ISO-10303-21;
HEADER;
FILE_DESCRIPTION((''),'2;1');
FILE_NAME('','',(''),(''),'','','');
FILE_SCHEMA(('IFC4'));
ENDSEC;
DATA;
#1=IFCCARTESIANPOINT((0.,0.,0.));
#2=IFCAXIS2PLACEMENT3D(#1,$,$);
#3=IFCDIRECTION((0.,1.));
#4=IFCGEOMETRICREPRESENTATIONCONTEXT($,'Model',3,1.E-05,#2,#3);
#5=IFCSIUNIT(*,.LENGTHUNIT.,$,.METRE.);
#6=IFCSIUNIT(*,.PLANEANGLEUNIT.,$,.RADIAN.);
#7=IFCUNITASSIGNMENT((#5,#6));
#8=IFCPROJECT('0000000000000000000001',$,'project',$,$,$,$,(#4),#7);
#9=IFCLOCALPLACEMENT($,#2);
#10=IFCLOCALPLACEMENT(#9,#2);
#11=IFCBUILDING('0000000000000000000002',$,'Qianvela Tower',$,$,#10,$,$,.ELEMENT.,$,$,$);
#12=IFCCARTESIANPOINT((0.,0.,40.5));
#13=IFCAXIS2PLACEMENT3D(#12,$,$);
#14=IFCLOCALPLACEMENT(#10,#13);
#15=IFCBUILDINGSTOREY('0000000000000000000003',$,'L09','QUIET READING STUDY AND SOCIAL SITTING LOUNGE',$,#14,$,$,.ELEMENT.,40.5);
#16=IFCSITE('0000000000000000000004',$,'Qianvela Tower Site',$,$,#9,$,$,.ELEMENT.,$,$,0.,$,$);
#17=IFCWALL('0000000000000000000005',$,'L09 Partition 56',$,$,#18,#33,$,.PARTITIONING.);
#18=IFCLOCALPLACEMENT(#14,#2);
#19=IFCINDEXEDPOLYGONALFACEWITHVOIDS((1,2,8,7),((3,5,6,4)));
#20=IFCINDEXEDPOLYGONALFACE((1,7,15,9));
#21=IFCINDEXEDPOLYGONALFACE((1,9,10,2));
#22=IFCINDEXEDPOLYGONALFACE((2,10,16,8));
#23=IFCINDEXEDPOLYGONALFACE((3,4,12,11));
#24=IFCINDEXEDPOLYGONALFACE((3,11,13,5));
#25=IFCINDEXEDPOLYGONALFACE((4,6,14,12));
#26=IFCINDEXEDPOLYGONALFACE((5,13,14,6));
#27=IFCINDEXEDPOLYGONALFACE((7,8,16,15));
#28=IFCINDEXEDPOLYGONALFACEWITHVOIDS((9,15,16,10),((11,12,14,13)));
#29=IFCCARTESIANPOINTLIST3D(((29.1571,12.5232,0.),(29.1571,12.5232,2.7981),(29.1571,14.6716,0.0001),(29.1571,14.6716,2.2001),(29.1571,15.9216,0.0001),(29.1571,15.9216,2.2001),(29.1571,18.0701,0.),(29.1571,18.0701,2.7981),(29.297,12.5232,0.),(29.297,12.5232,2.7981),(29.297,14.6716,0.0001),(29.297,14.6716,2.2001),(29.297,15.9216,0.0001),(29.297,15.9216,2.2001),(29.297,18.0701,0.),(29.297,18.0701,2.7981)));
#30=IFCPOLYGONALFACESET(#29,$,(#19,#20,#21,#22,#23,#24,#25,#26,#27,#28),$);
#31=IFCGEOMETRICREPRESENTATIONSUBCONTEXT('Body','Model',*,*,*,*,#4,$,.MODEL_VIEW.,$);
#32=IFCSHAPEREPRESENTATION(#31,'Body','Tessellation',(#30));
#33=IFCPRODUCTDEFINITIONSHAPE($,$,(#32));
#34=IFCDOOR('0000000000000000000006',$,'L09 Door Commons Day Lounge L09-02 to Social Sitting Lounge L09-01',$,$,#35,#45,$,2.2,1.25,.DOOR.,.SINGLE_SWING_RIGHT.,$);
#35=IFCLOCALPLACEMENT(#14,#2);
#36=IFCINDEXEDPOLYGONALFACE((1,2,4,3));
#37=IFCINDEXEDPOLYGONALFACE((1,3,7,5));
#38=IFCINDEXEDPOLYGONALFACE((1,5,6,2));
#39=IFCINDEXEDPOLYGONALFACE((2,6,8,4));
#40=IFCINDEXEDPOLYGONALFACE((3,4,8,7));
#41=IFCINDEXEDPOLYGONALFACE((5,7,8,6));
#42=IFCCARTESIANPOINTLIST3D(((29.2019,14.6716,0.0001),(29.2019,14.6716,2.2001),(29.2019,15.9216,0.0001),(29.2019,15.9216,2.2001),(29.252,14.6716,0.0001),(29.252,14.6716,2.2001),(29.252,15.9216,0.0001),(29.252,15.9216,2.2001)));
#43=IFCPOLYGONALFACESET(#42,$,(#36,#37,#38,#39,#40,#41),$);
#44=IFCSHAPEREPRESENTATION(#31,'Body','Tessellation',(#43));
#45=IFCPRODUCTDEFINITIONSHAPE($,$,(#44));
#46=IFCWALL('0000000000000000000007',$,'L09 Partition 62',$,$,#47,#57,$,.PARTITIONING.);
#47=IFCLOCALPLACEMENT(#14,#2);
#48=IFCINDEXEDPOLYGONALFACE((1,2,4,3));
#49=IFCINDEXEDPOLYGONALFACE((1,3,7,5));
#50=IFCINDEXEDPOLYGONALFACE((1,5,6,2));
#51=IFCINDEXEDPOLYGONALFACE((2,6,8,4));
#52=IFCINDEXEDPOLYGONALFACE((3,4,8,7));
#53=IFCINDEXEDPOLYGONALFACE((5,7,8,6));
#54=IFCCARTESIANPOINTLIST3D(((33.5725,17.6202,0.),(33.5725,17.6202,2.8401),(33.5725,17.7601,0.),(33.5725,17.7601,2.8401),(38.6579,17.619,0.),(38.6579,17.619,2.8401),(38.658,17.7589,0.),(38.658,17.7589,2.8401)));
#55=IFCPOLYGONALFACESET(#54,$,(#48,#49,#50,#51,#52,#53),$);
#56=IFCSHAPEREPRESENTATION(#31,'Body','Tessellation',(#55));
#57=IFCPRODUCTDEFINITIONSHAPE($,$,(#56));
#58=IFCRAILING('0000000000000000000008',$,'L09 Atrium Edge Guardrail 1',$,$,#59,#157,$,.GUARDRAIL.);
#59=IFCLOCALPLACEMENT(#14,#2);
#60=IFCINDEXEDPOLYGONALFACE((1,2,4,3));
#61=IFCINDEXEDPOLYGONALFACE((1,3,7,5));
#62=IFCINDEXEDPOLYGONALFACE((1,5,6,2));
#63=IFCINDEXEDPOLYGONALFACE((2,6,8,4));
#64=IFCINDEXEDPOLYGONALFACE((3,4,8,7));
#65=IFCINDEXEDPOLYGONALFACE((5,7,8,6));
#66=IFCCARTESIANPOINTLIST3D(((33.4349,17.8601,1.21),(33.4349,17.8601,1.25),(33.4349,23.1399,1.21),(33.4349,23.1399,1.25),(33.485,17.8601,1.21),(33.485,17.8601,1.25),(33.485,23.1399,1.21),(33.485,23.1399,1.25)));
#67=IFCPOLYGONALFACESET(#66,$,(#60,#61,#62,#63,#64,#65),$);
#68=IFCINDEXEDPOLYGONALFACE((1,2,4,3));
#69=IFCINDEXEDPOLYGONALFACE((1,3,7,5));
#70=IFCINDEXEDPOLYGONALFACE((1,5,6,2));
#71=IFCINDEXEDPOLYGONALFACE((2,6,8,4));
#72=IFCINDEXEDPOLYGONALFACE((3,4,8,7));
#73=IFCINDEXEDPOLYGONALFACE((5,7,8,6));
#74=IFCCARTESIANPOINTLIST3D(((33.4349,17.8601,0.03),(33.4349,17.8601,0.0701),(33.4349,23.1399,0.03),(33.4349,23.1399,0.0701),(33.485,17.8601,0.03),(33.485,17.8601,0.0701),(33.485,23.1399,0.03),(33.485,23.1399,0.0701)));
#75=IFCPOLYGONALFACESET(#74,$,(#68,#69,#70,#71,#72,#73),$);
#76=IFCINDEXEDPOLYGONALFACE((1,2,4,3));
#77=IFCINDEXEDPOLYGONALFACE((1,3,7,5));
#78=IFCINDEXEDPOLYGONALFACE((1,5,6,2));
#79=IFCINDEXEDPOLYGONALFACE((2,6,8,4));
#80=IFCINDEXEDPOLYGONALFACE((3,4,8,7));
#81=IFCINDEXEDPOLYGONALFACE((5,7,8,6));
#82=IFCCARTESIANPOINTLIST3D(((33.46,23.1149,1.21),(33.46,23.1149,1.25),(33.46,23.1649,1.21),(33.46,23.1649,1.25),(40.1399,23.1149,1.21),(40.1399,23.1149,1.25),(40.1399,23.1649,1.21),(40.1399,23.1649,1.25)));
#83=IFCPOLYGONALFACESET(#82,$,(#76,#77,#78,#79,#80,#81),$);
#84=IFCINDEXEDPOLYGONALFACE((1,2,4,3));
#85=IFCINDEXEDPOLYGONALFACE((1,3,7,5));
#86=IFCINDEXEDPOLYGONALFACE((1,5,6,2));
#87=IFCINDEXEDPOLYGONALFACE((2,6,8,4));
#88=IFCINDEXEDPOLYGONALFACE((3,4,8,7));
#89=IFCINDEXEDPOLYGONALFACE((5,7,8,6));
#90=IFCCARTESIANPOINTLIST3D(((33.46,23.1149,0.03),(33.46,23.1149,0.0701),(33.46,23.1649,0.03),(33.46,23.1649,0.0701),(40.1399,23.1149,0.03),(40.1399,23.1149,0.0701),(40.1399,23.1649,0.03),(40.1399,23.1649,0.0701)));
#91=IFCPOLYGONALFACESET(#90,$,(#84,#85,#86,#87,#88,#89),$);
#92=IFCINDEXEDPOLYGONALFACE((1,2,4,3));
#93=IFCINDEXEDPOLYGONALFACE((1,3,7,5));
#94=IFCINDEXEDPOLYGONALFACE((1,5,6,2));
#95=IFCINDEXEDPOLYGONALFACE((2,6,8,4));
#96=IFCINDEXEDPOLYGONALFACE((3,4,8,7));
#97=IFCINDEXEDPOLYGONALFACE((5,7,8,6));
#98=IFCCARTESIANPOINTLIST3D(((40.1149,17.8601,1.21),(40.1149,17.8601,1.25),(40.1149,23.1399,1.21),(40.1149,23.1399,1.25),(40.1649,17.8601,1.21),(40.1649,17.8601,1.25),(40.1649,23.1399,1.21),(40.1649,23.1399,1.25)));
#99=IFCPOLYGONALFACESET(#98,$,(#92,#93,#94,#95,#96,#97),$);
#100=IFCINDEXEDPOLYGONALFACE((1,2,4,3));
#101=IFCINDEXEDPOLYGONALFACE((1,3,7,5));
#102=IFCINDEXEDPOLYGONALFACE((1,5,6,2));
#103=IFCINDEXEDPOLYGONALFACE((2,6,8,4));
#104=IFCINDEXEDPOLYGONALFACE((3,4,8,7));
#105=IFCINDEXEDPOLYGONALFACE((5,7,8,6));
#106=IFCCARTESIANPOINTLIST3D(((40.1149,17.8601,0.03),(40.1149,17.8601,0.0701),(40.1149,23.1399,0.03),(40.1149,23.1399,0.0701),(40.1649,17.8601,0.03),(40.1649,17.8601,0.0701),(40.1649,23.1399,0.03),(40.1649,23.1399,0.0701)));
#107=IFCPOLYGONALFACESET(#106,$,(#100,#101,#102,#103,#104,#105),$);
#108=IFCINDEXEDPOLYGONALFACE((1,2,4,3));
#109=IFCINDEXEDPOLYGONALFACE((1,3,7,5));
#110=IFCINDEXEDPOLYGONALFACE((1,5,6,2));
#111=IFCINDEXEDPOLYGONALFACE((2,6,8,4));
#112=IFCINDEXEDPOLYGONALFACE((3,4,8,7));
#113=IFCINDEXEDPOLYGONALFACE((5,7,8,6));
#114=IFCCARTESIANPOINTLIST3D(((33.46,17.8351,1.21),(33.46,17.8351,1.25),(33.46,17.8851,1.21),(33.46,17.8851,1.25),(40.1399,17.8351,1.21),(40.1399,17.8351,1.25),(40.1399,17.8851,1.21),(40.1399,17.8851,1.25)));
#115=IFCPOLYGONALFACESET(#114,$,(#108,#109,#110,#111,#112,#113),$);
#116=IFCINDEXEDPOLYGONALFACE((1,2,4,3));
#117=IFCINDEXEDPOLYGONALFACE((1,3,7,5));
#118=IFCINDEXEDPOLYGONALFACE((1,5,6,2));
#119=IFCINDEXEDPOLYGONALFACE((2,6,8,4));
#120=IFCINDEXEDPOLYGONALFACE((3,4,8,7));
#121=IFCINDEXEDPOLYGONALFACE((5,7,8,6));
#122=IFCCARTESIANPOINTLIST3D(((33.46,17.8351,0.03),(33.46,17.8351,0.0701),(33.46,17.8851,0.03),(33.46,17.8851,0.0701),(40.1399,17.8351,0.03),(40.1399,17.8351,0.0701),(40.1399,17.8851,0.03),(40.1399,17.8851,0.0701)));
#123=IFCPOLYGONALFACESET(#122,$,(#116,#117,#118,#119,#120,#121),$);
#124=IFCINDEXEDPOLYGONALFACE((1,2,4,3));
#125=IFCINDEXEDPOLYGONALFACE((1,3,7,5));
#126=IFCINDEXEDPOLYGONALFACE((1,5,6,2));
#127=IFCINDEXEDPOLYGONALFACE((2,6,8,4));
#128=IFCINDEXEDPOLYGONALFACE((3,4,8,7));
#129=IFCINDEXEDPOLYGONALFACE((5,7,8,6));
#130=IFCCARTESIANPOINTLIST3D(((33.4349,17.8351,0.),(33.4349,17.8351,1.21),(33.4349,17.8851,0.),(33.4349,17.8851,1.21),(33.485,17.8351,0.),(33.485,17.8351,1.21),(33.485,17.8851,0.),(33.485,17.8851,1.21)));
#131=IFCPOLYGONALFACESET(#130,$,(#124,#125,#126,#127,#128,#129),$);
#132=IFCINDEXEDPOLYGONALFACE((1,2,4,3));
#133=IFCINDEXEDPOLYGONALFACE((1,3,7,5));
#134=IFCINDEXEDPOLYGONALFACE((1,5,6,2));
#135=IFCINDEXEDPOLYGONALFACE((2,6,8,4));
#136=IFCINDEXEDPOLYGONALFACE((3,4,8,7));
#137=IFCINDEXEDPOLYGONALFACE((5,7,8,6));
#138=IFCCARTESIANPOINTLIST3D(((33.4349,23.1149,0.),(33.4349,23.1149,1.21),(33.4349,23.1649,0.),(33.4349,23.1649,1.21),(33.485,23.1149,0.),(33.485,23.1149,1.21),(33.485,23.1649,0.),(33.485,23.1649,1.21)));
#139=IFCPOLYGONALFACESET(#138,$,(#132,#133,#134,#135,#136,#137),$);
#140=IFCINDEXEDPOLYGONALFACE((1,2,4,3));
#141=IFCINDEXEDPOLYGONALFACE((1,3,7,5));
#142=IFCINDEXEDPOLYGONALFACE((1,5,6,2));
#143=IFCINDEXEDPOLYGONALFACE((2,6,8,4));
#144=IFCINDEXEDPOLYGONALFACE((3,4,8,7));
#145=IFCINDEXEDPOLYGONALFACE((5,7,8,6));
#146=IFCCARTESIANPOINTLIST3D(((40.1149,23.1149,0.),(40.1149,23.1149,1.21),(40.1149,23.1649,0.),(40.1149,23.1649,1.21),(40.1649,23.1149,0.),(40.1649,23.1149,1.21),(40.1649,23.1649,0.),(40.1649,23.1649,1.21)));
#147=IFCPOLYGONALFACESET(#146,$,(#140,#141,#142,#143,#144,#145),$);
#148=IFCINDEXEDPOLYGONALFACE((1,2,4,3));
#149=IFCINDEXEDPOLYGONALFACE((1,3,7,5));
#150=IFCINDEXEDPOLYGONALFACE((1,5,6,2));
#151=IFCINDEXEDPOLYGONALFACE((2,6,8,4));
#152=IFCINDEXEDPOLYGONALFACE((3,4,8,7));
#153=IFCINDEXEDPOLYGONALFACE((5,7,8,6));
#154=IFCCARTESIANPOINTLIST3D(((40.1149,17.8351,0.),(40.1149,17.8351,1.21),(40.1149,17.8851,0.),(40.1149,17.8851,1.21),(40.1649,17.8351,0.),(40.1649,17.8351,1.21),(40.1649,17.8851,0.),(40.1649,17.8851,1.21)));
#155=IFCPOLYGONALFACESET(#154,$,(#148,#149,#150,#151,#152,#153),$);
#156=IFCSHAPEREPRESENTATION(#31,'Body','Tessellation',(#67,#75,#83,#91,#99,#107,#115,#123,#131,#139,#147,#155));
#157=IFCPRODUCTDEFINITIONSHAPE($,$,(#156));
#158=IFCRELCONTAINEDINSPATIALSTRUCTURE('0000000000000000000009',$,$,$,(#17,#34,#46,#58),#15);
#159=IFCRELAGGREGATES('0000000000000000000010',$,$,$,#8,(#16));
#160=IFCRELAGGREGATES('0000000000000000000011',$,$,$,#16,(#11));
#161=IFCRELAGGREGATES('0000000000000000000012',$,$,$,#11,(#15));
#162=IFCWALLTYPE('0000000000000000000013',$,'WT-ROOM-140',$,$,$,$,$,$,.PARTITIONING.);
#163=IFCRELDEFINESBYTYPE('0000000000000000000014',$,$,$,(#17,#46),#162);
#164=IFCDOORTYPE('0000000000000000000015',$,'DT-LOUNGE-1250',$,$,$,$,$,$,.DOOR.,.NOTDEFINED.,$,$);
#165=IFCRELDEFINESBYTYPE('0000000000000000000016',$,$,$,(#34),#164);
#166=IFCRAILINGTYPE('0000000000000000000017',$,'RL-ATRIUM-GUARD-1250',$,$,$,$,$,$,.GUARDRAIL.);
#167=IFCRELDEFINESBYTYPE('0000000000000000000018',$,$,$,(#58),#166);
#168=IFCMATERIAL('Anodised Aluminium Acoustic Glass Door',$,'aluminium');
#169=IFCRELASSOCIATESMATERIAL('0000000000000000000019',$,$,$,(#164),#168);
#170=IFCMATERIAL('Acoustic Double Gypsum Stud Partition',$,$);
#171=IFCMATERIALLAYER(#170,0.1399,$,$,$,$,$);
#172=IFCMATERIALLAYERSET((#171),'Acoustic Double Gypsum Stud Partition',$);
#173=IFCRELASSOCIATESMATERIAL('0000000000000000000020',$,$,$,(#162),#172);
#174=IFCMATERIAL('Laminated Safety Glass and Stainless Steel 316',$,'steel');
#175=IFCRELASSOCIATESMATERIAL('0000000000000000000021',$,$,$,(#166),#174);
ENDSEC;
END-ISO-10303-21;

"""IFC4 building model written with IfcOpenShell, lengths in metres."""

from ifc_helpers import new_model, si_unit, direction, frame, frame_2d, origin, origin_2d, place, context, subcontext, project, spatial, rectangle, extrude, material, layer, layer_set, type_object, element, fill, save


model = new_model("IFC4")

# Units and contexts
model_context = context("Model", 3, precision=1e-05, world=origin(), true_north=direction((0.0, 1.0)))
body_context = subcontext(model_context, "Body", "Model", "MODEL_VIEW")
ifc_project = project(units=[si_unit("LENGTHUNIT", "METRE"), si_unit("PLANEANGLEUNIT", "RADIAN")], contexts=[model_context])

# Site, building, storey
site_placement = place(None, origin())
site = spatial("IfcSite", under=ifc_project, at=site_placement, Name="Qianvela Tower Site", CompositionType="ELEMENT", RefElevation=0.0)
building_placement = place(site_placement, origin())
building = spatial("IfcBuilding", under=site, at=building_placement, Name="Qianvela Tower", CompositionType="ELEMENT")
storey_placement = place(building_placement, frame((0.0, 0.0, 40.5)))
storey = spatial("IfcBuildingStorey", under=building, at=storey_placement, Name="L09", Description="QUIET READING STUDY AND SOCIAL SITTING LOUNGE", CompositionType="ELEMENT", Elevation=40.5)

# Shared definitions
ifc_material_1 = material(Name="Anodised Aluminium Acoustic Glass Door", Category="aluminium")
door_type = type_object("IfcDoorType", Name="DT-LOUNGE-1250", OperationType="NOTDEFINED", PredefinedType="DOOR", material=ifc_material_1)

# Wall, opening, door
ifc_material_2 = material(Name="Acoustic Double Gypsum Stud Partition")
ifc_layer_1 = layer(ifc_material_2, 0.1399)
ifc_layer_set_1 = layer_set([ifc_layer_1], Name="Acoustic Double Gypsum Stud Partition")
wall_type_1 = type_object("IfcWallType", Name="WT-ROOM-140", PredefinedType="PARTITIONING", material=ifc_layer_set_1)
wall_1_placement = place(storey_placement, frame((29.2271, 18.0701, 0.0), z_axis=(0.0, 0.0, 1.0), x_axis=(0.0, -1.0, 0.0)))
wall_1 = element("IfcWall", 1, at=wall_1_placement, inside=storey, type_object=wall_type_1, Name="L09 Partition 56", PredefinedType="PARTITIONING", context=body_context, shape_type="SweptSolid", body=[
    extrude(rectangle(XDim=5.5469, YDim=0.1399, at=frame_2d((2.7734, 0.0))), origin(), (0.0, 0.0, 1.0), 2.7981),
])
opening_1_placement = place(wall_1_placement, frame((2.1484, 0.0, 0.0)))
opening_1 = element("IfcOpeningElement", 2, at=opening_1_placement, cuts=wall_1, PredefinedType="OPENING", context=body_context, shape_type="SweptSolid", body=[
    extrude(rectangle(XDim=1.25, YDim=2.2, at=frame_2d((0.625, 1.1001))), frame((0.0, 0.0798, 0.0), z_axis=(0.0, -1.0, 0.0), x_axis=(1.0, 0.0, 0.0)), (0.0, 0.0, 1.0), 0.1599),
])
door_1_placement = place(opening_1_placement, origin())
door_1 = element("IfcDoor", 3, at=door_1_placement, inside=storey, type_object=door_type, Name="L09 Door Commons Day Lounge L09-02 to Social Sitting Lounge L09-01", OperationType="SINGLE_SWING_RIGHT", OverallHeight=2.2, OverallWidth=1.25, PredefinedType="DOOR", context=body_context, shape_type="SweptSolid", body=[
    extrude(rectangle(XDim=1.25, YDim=2.2, at=frame_2d((0.625, 1.1001))), frame((0.0, 0.0249, 0.0), z_axis=(0.0, -1.0, 0.0), x_axis=(1.0, 0.0, 0.0)), (0.0, 0.0, 1.0), 0.05),
])
fill(opening_1, door_1)

# Wall
wall_2_placement = place(storey_placement, frame((33.5725, 17.6902, 0.0), z_axis=(0.0, 0.0, 1.0), x_axis=(1.0, -0.00024, 0.0)))
element("IfcWall", 4, at=wall_2_placement, inside=storey, type_object=wall_type_1, Name="L09 Partition 62", PredefinedType="PARTITIONING", context=body_context, shape_type="SweptSolid", body=[
    extrude(rectangle(XDim=5.0854, YDim=0.1399, at=frame_2d((2.5427, 0.0))), origin(), (0.0, 0.0, 1.0), 2.8401),
])

# Railing
ifc_material_3 = material(Name="Laminated Safety Glass and Stainless Steel 316", Category="steel")
railing_type = type_object("IfcRailingType", Name="RL-ATRIUM-GUARD-1250", PredefinedType="GUARDRAIL", material=ifc_material_3)
railing_placement = place(storey_placement, frame((33.46, 17.8601, 0.0)))
element("IfcRailing", 5, at=railing_placement, inside=storey, type_object=railing_type, Name="L09 Atrium Edge Guardrail 1", PredefinedType="GUARDRAIL", context=body_context, shape_type="SweptSolid", body=[
    extrude(rectangle(XDim=0.05, YDim=0.04, at=origin_2d()), frame((0.0, 0.0, 1.23), z_axis=(0.0, 1.0, 0.0), x_axis=(-1.0, 0.0, 0.0)), (0.0, 0.0, 1.0), 5.2798),
    extrude(rectangle(XDim=0.05, YDim=0.04, at=origin_2d()), frame((0.0, 0.0, 0.05), z_axis=(0.0, 1.0, 0.0), x_axis=(-1.0, 0.0, 0.0)), (0.0, 0.0, 1.0), 5.2798),
    extrude(rectangle(XDim=0.05, YDim=0.04, at=origin_2d()), frame((0.0, 5.2798, 1.23), z_axis=(1.0, 0.0, 0.0), x_axis=(0.0, 1.0, 0.0)), (0.0, 0.0, 1.0), 6.6799),
    extrude(rectangle(XDim=0.05, YDim=0.04, at=origin_2d()), frame((0.0, 5.2798, 0.05), z_axis=(1.0, 0.0, 0.0), x_axis=(0.0, 1.0, 0.0)), (0.0, 0.0, 1.0), 6.6799),
    extrude(rectangle(XDim=0.05, YDim=0.04, at=origin_2d()), frame((6.6799, 5.2798, 1.23), z_axis=(0.0, -1.0, 0.0), x_axis=(1.0, 0.0, 0.0)), (0.0, 0.0, 1.0), 5.2798),
    extrude(rectangle(XDim=0.05, YDim=0.04, at=origin_2d()), frame((6.6799, 5.2798, 0.05), z_axis=(0.0, -1.0, 0.0), x_axis=(1.0, 0.0, 0.0)), (0.0, 0.0, 1.0), 5.2798),
    extrude(rectangle(XDim=0.05, YDim=0.04, at=origin_2d()), frame((6.6799, 0.0, 1.23), z_axis=(-1.0, 0.0, 0.0), x_axis=(0.0, -1.0, 0.0)), (0.0, 0.0, 1.0), 6.6799),
    extrude(rectangle(XDim=0.05, YDim=0.04, at=origin_2d()), frame((6.6799, 0.0, 0.05), z_axis=(-1.0, 0.0, 0.0), x_axis=(0.0, -1.0, 0.0)), (0.0, 0.0, 1.0), 6.6799),
    extrude(rectangle(XDim=0.05, YDim=0.05, at=origin_2d()), origin(), (0.0, 0.0, 1.0), 1.21),
    extrude(rectangle(XDim=0.05, YDim=0.05, at=origin_2d()), frame((0.0, 5.2798, 0.0)), (0.0, 0.0, 1.0), 1.21),
    extrude(rectangle(XDim=0.05, YDim=0.05, at=origin_2d()), frame((6.6799, 5.2798, 0.0)), (0.0, 0.0, 1.0), 1.21),
    extrude(rectangle(XDim=0.05, YDim=0.05, at=origin_2d()), frame((6.6799, 0.0, 0.0)), (0.0, 0.0, 1.0), 1.21),
])

save(model, "model.ifc")
